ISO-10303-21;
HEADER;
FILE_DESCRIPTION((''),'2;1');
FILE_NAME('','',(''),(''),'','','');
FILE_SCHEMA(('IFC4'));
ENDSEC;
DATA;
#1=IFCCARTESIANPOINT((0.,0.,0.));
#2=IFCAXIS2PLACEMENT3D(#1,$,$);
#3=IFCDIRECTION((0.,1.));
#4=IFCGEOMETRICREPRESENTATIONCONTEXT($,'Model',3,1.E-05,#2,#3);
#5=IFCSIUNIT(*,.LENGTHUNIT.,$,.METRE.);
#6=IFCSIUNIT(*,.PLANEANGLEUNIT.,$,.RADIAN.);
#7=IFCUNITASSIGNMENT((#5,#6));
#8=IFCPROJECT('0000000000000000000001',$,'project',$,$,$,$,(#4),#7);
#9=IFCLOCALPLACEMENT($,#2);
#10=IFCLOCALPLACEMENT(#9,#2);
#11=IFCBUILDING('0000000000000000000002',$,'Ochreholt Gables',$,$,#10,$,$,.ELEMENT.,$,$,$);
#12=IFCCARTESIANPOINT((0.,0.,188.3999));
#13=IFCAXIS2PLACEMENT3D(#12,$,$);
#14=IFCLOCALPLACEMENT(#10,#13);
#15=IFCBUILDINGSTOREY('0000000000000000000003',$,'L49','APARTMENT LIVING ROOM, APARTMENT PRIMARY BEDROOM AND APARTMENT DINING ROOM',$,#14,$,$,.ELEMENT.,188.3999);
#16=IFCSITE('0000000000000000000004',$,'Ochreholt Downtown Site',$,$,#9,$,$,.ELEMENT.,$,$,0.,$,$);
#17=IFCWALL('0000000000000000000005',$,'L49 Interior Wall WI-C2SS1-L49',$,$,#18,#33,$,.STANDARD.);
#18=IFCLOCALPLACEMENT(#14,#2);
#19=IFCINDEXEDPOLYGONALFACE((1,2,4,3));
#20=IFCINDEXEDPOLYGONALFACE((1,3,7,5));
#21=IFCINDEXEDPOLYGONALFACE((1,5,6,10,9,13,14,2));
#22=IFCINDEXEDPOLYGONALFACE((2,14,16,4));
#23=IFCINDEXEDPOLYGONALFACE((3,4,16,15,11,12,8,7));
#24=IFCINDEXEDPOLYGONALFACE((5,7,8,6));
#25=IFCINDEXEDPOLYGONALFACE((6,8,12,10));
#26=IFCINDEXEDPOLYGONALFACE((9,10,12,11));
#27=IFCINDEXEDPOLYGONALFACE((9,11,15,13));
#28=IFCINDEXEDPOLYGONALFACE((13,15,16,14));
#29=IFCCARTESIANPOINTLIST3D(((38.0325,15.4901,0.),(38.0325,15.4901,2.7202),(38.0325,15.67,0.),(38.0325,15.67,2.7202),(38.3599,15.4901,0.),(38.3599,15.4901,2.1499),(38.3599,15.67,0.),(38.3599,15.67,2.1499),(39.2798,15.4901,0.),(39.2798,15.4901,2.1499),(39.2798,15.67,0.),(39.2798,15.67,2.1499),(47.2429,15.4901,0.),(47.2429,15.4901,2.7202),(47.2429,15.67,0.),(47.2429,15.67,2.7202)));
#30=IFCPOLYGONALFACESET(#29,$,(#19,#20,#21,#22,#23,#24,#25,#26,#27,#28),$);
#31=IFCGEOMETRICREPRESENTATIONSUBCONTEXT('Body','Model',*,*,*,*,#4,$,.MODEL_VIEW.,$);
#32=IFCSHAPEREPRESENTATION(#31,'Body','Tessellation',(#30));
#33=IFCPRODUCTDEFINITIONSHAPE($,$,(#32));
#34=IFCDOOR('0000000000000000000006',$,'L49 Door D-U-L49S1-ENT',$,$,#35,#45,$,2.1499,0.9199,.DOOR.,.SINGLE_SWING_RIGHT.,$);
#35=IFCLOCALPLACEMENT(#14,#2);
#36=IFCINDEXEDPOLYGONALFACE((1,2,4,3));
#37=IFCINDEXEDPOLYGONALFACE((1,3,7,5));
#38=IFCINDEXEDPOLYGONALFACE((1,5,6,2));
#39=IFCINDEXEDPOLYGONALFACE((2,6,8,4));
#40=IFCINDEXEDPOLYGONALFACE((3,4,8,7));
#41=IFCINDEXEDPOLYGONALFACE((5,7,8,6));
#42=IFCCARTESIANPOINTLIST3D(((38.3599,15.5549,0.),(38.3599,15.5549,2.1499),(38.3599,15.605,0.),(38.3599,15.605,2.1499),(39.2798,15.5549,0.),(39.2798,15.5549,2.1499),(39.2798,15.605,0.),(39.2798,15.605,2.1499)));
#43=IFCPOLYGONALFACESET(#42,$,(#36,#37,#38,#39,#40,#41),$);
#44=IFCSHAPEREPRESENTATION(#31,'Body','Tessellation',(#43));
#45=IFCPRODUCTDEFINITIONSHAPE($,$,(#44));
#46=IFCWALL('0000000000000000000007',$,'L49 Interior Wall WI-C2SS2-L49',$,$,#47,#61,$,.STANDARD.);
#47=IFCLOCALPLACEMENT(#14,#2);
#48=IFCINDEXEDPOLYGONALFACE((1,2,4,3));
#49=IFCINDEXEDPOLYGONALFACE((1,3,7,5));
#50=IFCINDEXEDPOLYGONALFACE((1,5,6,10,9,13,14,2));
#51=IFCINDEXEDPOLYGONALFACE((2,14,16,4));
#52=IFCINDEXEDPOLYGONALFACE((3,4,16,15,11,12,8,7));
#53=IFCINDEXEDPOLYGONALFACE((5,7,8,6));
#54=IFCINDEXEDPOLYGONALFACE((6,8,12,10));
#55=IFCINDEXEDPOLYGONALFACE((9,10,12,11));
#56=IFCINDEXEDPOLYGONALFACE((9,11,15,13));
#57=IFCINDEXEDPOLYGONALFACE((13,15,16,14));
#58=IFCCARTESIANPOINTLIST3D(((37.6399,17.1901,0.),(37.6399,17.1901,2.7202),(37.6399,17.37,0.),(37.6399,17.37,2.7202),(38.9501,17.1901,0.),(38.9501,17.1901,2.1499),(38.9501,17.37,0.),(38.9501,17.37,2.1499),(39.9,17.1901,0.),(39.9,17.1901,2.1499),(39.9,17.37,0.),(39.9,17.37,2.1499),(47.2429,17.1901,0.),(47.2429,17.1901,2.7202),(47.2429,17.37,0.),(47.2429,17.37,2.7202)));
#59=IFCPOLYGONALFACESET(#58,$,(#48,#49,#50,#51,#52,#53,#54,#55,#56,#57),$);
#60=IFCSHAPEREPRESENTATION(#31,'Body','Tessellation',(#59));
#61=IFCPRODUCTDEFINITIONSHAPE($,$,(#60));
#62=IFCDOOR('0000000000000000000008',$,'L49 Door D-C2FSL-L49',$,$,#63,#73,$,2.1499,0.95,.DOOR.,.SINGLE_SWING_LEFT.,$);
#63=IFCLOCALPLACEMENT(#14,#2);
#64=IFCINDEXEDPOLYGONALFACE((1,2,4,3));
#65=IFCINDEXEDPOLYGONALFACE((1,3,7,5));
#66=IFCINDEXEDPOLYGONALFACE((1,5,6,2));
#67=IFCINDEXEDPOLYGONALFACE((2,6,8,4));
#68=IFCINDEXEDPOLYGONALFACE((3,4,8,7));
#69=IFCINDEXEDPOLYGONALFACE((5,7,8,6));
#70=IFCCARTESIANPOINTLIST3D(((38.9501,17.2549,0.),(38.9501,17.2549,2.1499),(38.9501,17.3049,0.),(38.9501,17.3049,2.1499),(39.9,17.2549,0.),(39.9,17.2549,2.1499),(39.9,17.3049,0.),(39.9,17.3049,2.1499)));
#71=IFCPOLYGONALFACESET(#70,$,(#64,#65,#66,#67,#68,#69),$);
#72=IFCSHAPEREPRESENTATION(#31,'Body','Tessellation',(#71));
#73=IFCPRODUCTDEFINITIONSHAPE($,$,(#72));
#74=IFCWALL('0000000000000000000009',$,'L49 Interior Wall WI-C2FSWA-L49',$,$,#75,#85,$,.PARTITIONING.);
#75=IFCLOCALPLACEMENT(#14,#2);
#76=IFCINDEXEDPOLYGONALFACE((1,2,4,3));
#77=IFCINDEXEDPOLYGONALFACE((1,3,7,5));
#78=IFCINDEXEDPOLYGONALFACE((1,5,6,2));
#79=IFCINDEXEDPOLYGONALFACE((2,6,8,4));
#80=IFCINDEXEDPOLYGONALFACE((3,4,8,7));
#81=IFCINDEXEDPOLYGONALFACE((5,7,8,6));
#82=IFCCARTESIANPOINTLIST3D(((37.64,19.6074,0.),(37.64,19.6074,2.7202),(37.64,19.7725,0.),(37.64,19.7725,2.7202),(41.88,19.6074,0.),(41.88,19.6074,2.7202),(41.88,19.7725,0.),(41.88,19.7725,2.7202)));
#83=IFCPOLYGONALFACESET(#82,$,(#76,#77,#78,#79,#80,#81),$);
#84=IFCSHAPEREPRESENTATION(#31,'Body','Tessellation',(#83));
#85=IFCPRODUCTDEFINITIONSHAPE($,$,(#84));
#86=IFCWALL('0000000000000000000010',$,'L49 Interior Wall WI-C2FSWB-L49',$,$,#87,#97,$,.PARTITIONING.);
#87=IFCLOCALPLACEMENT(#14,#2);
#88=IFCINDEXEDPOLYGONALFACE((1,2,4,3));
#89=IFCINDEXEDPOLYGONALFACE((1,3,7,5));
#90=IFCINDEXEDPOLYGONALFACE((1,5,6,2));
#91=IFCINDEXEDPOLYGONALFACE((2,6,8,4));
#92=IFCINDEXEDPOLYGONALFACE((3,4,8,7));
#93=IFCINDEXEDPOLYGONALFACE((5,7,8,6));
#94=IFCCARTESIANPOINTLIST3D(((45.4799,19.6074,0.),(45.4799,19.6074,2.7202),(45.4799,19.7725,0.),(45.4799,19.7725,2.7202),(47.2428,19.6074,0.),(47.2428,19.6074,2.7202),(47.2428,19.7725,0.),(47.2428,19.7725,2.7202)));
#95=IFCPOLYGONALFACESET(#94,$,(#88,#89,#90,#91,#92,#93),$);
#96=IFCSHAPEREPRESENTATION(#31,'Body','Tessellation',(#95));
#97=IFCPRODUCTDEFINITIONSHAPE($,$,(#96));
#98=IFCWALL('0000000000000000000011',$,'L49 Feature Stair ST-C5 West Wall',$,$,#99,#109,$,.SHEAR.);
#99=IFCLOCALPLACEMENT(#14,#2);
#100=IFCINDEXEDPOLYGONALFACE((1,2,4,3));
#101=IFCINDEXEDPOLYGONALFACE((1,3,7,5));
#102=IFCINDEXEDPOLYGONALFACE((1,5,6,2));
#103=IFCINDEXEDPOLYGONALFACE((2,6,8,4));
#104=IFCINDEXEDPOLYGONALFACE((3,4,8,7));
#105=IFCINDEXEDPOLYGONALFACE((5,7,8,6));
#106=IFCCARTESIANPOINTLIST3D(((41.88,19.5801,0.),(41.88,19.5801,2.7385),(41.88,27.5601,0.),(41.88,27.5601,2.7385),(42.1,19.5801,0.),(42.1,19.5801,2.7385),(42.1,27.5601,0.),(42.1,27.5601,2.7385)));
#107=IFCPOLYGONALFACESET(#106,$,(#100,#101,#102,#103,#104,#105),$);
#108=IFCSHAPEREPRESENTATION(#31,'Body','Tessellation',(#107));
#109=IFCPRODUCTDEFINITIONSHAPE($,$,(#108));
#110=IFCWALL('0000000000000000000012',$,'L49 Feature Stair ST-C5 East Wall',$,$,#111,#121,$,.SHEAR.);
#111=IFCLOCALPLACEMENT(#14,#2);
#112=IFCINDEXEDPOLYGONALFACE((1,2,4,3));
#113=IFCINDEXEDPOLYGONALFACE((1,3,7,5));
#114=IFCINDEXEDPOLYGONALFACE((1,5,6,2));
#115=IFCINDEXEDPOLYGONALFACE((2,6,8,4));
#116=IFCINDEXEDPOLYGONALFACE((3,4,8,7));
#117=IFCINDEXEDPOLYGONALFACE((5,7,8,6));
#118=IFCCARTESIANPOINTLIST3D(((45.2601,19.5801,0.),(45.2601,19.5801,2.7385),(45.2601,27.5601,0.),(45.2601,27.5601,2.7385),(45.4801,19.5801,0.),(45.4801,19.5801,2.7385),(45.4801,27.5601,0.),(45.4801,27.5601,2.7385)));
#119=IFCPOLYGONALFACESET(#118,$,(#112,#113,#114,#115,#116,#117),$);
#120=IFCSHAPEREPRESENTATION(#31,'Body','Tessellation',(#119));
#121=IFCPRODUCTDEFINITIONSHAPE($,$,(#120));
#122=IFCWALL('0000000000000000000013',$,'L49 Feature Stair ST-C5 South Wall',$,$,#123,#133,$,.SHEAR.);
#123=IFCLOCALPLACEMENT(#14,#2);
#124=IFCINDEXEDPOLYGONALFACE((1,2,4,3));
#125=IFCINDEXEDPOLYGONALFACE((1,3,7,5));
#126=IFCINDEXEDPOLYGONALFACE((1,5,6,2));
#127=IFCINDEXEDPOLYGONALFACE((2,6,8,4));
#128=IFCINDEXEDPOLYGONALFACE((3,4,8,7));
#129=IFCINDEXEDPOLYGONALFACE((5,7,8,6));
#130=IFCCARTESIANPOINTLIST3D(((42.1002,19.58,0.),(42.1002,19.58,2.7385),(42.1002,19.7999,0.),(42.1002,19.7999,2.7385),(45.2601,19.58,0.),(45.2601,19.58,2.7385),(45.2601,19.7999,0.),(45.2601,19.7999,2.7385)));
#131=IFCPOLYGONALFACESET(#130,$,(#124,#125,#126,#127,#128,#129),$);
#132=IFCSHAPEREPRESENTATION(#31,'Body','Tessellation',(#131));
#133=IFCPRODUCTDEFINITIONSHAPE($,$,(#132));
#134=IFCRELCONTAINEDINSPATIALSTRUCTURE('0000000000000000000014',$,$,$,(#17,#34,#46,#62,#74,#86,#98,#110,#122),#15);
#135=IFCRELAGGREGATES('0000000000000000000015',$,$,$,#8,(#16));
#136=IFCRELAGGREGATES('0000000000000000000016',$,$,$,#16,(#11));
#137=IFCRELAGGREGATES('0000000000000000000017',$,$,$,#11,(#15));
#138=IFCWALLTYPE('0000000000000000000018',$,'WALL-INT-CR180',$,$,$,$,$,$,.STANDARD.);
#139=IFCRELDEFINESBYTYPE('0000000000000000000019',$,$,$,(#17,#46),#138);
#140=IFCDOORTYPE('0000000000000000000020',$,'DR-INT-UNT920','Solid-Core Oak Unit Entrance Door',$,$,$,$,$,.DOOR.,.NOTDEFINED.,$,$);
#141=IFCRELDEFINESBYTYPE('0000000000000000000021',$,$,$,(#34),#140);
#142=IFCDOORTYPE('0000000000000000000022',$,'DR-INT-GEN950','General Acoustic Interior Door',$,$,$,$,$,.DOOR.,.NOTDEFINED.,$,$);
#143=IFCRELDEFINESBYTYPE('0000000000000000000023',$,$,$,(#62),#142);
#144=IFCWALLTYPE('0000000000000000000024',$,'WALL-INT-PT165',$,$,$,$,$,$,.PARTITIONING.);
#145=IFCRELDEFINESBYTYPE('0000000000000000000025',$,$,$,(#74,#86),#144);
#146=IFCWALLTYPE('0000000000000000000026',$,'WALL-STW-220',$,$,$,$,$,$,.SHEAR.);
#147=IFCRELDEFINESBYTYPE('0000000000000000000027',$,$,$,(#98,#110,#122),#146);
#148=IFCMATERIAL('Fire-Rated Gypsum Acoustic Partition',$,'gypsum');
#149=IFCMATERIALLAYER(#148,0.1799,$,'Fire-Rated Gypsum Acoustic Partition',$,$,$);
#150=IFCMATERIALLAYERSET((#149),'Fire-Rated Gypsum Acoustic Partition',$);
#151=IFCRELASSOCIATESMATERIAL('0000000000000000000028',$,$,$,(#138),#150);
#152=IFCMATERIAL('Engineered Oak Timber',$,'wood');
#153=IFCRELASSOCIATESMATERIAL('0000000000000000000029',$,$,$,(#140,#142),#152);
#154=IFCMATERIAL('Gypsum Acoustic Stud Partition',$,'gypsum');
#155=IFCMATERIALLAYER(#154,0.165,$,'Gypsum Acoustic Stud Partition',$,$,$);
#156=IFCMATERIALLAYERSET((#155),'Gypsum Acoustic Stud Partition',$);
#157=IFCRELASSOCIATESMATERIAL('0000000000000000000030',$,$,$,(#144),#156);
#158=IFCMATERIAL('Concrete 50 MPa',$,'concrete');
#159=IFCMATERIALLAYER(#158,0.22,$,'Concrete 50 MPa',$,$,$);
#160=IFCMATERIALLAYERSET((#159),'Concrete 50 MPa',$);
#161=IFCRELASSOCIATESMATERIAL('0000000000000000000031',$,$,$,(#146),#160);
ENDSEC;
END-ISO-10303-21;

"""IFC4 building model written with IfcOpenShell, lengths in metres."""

from ifc_helpers import new_model, si_unit, direction, frame, frame_2d, origin, place, context, subcontext, project, spatial, rectangle, extrude, material, layer, layer_set, type_object, element, fill, save


model = new_model("IFC4")

# Units and contexts
model_context = context("Model", 3, precision=1e-05, world=origin(), true_north=direction((0.0, 1.0)))
body_context = subcontext(model_context, "Body", "Model", "MODEL_VIEW")
ifc_project = project(units=[si_unit("LENGTHUNIT", "METRE"), si_unit("PLANEANGLEUNIT", "RADIAN")], contexts=[model_context])

# Site, building, storey
site_placement = place(None, origin())
site = spatial("IfcSite", under=ifc_project, at=site_placement, Name="Ochreholt Downtown Site", CompositionType="ELEMENT", RefElevation=0.0)
building_placement = place(site_placement, origin())
building = spatial("IfcBuilding", under=site, at=building_placement, Name="Ochreholt Gables", CompositionType="ELEMENT")
storey_placement = place(building_placement, frame((0.0, 0.0, 188.3999)))
storey = spatial("IfcBuildingStorey", under=building, at=storey_placement, Name="L49", Description="APARTMENT LIVING ROOM, APARTMENT PRIMARY BEDROOM AND APARTMENT DINING ROOM", CompositionType="ELEMENT", Elevation=188.3999)

# Shared definitions
ifc_material_1 = material(Name="Concrete 50 MPa", Category="concrete")

# Walls, openings, doors
ifc_material_2 = material(Name="Fire-Rated Gypsum Acoustic Partition", Category="gypsum")
ifc_layer_1 = layer(ifc_material_2, 0.1799, Name="Fire-Rated Gypsum Acoustic Partition")
ifc_layer_set_1 = layer_set([ifc_layer_1], Name="Fire-Rated Gypsum Acoustic Partition")
wall_type_1 = type_object("IfcWallType", Name="WALL-INT-CR180", PredefinedType="STANDARD", material=ifc_layer_set_1)
ifc_material_3 = material(Name="Engineered Oak Timber", Category="wood")
wall_1_placement = place(storey_placement, frame((38.0325, 15.5801, 0.0), z_axis=(0.0, 0.0, 1.0), x_axis=(1.0, 0.0, 0.0)))
wall_1 = element("IfcWall", 1, at=wall_1_placement, inside=storey, type_object=wall_type_1, Name="L49 Interior Wall WI-C2SS1-L49", PredefinedType="STANDARD", context=body_context, shape_type="SweptSolid", body=[
    extrude(rectangle(XDim=9.2104, YDim=0.1799, at=frame_2d((4.6052, 0.0))), origin(), (0.0, 0.0, 1.0), 2.7202),
])
opening_1_placement = place(wall_1_placement, frame((0.3274, 0.0, 0.0)))
opening_1 = element("IfcOpeningElement", 2, at=opening_1_placement, cuts=wall_1, PredefinedType="OPENING", context=body_context, shape_type="SweptSolid", body=[
    extrude(rectangle(XDim=0.9199, YDim=2.1499, at=frame_2d((0.46, 1.075))), frame((0.0, 0.0999, 0.0), z_axis=(0.0, -1.0, 0.0), x_axis=(1.0, 0.0, 0.0)), (0.0, 0.0, 1.0), 0.2),
])
door_type_1 = type_object("IfcDoorType", Name="DR-INT-UNT920", Description="Solid-Core Oak Unit Entrance Door", OperationType="NOTDEFINED", PredefinedType="DOOR", material=ifc_material_3)
door_1_placement = place(opening_1_placement, origin())
door_1 = element("IfcDoor", 3, at=door_1_placement, inside=storey, type_object=door_type_1, Name="L49 Door D-U-L49S1-ENT", OperationType="SINGLE_SWING_RIGHT", OverallHeight=2.1499, OverallWidth=0.9199, PredefinedType="DOOR", context=body_context, shape_type="SweptSolid", body=[
    extrude(rectangle(XDim=0.9199, YDim=2.1499, at=frame_2d((0.46, 1.075))), frame((0.0, 0.0249, 0.0), z_axis=(0.0, -1.0, 0.0), x_axis=(1.0, 0.0, 0.0)), (0.0, 0.0, 1.0), 0.05),
])
fill(opening_1, door_1)
wall_2_placement = place(storey_placement, frame((37.6399, 17.28, 0.0), z_axis=(0.0, 0.0, 1.0), x_axis=(1.0, 0.0, 0.0)))
wall_2 = element("IfcWall", 4, at=wall_2_placement, inside=storey, type_object=wall_type_1, Name="L49 Interior Wall WI-C2SS2-L49", PredefinedType="STANDARD", context=body_context, shape_type="SweptSolid", body=[
    extrude(rectangle(XDim=9.603, YDim=0.1799, at=frame_2d((4.8015, 0.0))), origin(), (0.0, 0.0, 1.0), 2.7202),
])
opening_2_placement = place(wall_2_placement, frame((1.3101, 0.0, 0.0)))
opening_2 = element("IfcOpeningElement", 5, at=opening_2_placement, cuts=wall_2, PredefinedType="OPENING", context=body_context, shape_type="SweptSolid", body=[
    extrude(rectangle(XDim=0.95, YDim=2.1499, at=frame_2d((0.4751, 1.075))), frame((0.0, 0.0999, 0.0), z_axis=(0.0, -1.0, 0.0), x_axis=(1.0, 0.0, 0.0)), (0.0, 0.0, 1.0), 0.2),
])
door_type_2 = type_object("IfcDoorType", Name="DR-INT-GEN950", Description="General Acoustic Interior Door", OperationType="NOTDEFINED", PredefinedType="DOOR", material=ifc_material_3)
door_2_placement = place(opening_2_placement, origin())
door_2 = element("IfcDoor", 6, at=door_2_placement, inside=storey, type_object=door_type_2, Name="L49 Door D-C2FSL-L49", OperationType="SINGLE_SWING_LEFT", OverallHeight=2.1499, OverallWidth=0.95, PredefinedType="DOOR", context=body_context, shape_type="SweptSolid", body=[
    extrude(rectangle(XDim=0.95, YDim=2.1499, at=frame_2d((0.4751, 1.075))), frame((0.0, 0.0249, 0.0), z_axis=(0.0, -1.0, 0.0), x_axis=(1.0, 0.0, 0.0)), (0.0, 0.0, 1.0), 0.05),
])
fill(opening_2, door_2)

# Walls
ifc_material_4 = material(Name="Gypsum Acoustic Stud Partition", Category="gypsum")
ifc_layer_2 = layer(ifc_material_4, 0.165, Name="Gypsum Acoustic Stud Partition")
ifc_layer_set_2 = layer_set([ifc_layer_2], Name="Gypsum Acoustic Stud Partition")
wall_type_2 = type_object("IfcWallType", Name="WALL-INT-PT165", PredefinedType="PARTITIONING", material=ifc_layer_set_2)
wall_3_placement = place(storey_placement, frame((37.6399, 19.6899, 0.0), z_axis=(0.0, 0.0, 1.0), x_axis=(1.0, 0.0, 0.0)))
element("IfcWall", 7, at=wall_3_placement, inside=storey, type_object=wall_type_2, Name="L49 Interior Wall WI-C2FSWA-L49", PredefinedType="PARTITIONING", context=body_context, shape_type="SweptSolid", body=[
    extrude(rectangle(XDim=4.24, YDim=0.165, at=frame_2d((2.1201, 0.0))), origin(), (0.0, 0.0, 1.0), 2.7202),
])
wall_4_placement = place(storey_placement, frame((45.48, 19.6899, 0.0), z_axis=(0.0, 0.0, 1.0), x_axis=(1.0, 0.0, 0.0)))
element("IfcWall", 8, at=wall_4_placement, inside=storey, type_object=wall_type_2, Name="L49 Interior Wall WI-C2FSWB-L49", PredefinedType="PARTITIONING", context=body_context, shape_type="SweptSolid", body=[
    extrude(rectangle(XDim=1.7629, YDim=0.165, at=frame_2d((0.8813, 0.0))), origin(), (0.0, 0.0, 1.0), 2.7202),
])
ifc_layer_3 = layer(ifc_material_1, 0.22, Name="Concrete 50 MPa")
ifc_layer_set_3 = layer_set([ifc_layer_3], Name="Concrete 50 MPa")
wall_type_3 = type_object("IfcWallType", Name="WALL-STW-220", PredefinedType="SHEAR", material=ifc_layer_set_3)
for number, where, z_axis, x_axis, name in (
    (9, (41.99, 19.5801, 0.0), (0.0, 0.0, 1.0), (0.0, 1.0, 0.0), "L49 Feature Stair ST-C5 West Wall"),
    (10, (45.3701, 19.5801, 0.0), (0.0, 0.0, 1.0), (0.0, 1.0, 0.0), "L49 Feature Stair ST-C5 East Wall"),
):
    element("IfcWall", number, at=place(storey_placement, frame(where, z_axis=z_axis, x_axis=x_axis)), inside=storey, type_object=wall_type_3, Name=name, PredefinedType="SHEAR", context=body_context, shape_type="SweptSolid", body=[
        extrude(rectangle(XDim=7.98, YDim=0.22, at=frame_2d((3.99, 0.0))), origin(), (0.0, 0.0, 1.0), 2.7385),
    ])
wall_5_placement = place(storey_placement, frame((42.1001, 19.6899, 0.0), z_axis=(0.0, 0.0, 1.0), x_axis=(1.0, 0.0, 0.0)))
element("IfcWall", 11, at=wall_5_placement, inside=storey, type_object=wall_type_3, Name="L49 Feature Stair ST-C5 South Wall", PredefinedType="SHEAR", context=body_context, shape_type="SweptSolid", body=[
    extrude(rectangle(XDim=3.1599, YDim=0.22, at=frame_2d((1.5801, 0.0))), origin(), (0.0, 0.0, 1.0), 2.7385),
])

save(model, "model.ifc")
